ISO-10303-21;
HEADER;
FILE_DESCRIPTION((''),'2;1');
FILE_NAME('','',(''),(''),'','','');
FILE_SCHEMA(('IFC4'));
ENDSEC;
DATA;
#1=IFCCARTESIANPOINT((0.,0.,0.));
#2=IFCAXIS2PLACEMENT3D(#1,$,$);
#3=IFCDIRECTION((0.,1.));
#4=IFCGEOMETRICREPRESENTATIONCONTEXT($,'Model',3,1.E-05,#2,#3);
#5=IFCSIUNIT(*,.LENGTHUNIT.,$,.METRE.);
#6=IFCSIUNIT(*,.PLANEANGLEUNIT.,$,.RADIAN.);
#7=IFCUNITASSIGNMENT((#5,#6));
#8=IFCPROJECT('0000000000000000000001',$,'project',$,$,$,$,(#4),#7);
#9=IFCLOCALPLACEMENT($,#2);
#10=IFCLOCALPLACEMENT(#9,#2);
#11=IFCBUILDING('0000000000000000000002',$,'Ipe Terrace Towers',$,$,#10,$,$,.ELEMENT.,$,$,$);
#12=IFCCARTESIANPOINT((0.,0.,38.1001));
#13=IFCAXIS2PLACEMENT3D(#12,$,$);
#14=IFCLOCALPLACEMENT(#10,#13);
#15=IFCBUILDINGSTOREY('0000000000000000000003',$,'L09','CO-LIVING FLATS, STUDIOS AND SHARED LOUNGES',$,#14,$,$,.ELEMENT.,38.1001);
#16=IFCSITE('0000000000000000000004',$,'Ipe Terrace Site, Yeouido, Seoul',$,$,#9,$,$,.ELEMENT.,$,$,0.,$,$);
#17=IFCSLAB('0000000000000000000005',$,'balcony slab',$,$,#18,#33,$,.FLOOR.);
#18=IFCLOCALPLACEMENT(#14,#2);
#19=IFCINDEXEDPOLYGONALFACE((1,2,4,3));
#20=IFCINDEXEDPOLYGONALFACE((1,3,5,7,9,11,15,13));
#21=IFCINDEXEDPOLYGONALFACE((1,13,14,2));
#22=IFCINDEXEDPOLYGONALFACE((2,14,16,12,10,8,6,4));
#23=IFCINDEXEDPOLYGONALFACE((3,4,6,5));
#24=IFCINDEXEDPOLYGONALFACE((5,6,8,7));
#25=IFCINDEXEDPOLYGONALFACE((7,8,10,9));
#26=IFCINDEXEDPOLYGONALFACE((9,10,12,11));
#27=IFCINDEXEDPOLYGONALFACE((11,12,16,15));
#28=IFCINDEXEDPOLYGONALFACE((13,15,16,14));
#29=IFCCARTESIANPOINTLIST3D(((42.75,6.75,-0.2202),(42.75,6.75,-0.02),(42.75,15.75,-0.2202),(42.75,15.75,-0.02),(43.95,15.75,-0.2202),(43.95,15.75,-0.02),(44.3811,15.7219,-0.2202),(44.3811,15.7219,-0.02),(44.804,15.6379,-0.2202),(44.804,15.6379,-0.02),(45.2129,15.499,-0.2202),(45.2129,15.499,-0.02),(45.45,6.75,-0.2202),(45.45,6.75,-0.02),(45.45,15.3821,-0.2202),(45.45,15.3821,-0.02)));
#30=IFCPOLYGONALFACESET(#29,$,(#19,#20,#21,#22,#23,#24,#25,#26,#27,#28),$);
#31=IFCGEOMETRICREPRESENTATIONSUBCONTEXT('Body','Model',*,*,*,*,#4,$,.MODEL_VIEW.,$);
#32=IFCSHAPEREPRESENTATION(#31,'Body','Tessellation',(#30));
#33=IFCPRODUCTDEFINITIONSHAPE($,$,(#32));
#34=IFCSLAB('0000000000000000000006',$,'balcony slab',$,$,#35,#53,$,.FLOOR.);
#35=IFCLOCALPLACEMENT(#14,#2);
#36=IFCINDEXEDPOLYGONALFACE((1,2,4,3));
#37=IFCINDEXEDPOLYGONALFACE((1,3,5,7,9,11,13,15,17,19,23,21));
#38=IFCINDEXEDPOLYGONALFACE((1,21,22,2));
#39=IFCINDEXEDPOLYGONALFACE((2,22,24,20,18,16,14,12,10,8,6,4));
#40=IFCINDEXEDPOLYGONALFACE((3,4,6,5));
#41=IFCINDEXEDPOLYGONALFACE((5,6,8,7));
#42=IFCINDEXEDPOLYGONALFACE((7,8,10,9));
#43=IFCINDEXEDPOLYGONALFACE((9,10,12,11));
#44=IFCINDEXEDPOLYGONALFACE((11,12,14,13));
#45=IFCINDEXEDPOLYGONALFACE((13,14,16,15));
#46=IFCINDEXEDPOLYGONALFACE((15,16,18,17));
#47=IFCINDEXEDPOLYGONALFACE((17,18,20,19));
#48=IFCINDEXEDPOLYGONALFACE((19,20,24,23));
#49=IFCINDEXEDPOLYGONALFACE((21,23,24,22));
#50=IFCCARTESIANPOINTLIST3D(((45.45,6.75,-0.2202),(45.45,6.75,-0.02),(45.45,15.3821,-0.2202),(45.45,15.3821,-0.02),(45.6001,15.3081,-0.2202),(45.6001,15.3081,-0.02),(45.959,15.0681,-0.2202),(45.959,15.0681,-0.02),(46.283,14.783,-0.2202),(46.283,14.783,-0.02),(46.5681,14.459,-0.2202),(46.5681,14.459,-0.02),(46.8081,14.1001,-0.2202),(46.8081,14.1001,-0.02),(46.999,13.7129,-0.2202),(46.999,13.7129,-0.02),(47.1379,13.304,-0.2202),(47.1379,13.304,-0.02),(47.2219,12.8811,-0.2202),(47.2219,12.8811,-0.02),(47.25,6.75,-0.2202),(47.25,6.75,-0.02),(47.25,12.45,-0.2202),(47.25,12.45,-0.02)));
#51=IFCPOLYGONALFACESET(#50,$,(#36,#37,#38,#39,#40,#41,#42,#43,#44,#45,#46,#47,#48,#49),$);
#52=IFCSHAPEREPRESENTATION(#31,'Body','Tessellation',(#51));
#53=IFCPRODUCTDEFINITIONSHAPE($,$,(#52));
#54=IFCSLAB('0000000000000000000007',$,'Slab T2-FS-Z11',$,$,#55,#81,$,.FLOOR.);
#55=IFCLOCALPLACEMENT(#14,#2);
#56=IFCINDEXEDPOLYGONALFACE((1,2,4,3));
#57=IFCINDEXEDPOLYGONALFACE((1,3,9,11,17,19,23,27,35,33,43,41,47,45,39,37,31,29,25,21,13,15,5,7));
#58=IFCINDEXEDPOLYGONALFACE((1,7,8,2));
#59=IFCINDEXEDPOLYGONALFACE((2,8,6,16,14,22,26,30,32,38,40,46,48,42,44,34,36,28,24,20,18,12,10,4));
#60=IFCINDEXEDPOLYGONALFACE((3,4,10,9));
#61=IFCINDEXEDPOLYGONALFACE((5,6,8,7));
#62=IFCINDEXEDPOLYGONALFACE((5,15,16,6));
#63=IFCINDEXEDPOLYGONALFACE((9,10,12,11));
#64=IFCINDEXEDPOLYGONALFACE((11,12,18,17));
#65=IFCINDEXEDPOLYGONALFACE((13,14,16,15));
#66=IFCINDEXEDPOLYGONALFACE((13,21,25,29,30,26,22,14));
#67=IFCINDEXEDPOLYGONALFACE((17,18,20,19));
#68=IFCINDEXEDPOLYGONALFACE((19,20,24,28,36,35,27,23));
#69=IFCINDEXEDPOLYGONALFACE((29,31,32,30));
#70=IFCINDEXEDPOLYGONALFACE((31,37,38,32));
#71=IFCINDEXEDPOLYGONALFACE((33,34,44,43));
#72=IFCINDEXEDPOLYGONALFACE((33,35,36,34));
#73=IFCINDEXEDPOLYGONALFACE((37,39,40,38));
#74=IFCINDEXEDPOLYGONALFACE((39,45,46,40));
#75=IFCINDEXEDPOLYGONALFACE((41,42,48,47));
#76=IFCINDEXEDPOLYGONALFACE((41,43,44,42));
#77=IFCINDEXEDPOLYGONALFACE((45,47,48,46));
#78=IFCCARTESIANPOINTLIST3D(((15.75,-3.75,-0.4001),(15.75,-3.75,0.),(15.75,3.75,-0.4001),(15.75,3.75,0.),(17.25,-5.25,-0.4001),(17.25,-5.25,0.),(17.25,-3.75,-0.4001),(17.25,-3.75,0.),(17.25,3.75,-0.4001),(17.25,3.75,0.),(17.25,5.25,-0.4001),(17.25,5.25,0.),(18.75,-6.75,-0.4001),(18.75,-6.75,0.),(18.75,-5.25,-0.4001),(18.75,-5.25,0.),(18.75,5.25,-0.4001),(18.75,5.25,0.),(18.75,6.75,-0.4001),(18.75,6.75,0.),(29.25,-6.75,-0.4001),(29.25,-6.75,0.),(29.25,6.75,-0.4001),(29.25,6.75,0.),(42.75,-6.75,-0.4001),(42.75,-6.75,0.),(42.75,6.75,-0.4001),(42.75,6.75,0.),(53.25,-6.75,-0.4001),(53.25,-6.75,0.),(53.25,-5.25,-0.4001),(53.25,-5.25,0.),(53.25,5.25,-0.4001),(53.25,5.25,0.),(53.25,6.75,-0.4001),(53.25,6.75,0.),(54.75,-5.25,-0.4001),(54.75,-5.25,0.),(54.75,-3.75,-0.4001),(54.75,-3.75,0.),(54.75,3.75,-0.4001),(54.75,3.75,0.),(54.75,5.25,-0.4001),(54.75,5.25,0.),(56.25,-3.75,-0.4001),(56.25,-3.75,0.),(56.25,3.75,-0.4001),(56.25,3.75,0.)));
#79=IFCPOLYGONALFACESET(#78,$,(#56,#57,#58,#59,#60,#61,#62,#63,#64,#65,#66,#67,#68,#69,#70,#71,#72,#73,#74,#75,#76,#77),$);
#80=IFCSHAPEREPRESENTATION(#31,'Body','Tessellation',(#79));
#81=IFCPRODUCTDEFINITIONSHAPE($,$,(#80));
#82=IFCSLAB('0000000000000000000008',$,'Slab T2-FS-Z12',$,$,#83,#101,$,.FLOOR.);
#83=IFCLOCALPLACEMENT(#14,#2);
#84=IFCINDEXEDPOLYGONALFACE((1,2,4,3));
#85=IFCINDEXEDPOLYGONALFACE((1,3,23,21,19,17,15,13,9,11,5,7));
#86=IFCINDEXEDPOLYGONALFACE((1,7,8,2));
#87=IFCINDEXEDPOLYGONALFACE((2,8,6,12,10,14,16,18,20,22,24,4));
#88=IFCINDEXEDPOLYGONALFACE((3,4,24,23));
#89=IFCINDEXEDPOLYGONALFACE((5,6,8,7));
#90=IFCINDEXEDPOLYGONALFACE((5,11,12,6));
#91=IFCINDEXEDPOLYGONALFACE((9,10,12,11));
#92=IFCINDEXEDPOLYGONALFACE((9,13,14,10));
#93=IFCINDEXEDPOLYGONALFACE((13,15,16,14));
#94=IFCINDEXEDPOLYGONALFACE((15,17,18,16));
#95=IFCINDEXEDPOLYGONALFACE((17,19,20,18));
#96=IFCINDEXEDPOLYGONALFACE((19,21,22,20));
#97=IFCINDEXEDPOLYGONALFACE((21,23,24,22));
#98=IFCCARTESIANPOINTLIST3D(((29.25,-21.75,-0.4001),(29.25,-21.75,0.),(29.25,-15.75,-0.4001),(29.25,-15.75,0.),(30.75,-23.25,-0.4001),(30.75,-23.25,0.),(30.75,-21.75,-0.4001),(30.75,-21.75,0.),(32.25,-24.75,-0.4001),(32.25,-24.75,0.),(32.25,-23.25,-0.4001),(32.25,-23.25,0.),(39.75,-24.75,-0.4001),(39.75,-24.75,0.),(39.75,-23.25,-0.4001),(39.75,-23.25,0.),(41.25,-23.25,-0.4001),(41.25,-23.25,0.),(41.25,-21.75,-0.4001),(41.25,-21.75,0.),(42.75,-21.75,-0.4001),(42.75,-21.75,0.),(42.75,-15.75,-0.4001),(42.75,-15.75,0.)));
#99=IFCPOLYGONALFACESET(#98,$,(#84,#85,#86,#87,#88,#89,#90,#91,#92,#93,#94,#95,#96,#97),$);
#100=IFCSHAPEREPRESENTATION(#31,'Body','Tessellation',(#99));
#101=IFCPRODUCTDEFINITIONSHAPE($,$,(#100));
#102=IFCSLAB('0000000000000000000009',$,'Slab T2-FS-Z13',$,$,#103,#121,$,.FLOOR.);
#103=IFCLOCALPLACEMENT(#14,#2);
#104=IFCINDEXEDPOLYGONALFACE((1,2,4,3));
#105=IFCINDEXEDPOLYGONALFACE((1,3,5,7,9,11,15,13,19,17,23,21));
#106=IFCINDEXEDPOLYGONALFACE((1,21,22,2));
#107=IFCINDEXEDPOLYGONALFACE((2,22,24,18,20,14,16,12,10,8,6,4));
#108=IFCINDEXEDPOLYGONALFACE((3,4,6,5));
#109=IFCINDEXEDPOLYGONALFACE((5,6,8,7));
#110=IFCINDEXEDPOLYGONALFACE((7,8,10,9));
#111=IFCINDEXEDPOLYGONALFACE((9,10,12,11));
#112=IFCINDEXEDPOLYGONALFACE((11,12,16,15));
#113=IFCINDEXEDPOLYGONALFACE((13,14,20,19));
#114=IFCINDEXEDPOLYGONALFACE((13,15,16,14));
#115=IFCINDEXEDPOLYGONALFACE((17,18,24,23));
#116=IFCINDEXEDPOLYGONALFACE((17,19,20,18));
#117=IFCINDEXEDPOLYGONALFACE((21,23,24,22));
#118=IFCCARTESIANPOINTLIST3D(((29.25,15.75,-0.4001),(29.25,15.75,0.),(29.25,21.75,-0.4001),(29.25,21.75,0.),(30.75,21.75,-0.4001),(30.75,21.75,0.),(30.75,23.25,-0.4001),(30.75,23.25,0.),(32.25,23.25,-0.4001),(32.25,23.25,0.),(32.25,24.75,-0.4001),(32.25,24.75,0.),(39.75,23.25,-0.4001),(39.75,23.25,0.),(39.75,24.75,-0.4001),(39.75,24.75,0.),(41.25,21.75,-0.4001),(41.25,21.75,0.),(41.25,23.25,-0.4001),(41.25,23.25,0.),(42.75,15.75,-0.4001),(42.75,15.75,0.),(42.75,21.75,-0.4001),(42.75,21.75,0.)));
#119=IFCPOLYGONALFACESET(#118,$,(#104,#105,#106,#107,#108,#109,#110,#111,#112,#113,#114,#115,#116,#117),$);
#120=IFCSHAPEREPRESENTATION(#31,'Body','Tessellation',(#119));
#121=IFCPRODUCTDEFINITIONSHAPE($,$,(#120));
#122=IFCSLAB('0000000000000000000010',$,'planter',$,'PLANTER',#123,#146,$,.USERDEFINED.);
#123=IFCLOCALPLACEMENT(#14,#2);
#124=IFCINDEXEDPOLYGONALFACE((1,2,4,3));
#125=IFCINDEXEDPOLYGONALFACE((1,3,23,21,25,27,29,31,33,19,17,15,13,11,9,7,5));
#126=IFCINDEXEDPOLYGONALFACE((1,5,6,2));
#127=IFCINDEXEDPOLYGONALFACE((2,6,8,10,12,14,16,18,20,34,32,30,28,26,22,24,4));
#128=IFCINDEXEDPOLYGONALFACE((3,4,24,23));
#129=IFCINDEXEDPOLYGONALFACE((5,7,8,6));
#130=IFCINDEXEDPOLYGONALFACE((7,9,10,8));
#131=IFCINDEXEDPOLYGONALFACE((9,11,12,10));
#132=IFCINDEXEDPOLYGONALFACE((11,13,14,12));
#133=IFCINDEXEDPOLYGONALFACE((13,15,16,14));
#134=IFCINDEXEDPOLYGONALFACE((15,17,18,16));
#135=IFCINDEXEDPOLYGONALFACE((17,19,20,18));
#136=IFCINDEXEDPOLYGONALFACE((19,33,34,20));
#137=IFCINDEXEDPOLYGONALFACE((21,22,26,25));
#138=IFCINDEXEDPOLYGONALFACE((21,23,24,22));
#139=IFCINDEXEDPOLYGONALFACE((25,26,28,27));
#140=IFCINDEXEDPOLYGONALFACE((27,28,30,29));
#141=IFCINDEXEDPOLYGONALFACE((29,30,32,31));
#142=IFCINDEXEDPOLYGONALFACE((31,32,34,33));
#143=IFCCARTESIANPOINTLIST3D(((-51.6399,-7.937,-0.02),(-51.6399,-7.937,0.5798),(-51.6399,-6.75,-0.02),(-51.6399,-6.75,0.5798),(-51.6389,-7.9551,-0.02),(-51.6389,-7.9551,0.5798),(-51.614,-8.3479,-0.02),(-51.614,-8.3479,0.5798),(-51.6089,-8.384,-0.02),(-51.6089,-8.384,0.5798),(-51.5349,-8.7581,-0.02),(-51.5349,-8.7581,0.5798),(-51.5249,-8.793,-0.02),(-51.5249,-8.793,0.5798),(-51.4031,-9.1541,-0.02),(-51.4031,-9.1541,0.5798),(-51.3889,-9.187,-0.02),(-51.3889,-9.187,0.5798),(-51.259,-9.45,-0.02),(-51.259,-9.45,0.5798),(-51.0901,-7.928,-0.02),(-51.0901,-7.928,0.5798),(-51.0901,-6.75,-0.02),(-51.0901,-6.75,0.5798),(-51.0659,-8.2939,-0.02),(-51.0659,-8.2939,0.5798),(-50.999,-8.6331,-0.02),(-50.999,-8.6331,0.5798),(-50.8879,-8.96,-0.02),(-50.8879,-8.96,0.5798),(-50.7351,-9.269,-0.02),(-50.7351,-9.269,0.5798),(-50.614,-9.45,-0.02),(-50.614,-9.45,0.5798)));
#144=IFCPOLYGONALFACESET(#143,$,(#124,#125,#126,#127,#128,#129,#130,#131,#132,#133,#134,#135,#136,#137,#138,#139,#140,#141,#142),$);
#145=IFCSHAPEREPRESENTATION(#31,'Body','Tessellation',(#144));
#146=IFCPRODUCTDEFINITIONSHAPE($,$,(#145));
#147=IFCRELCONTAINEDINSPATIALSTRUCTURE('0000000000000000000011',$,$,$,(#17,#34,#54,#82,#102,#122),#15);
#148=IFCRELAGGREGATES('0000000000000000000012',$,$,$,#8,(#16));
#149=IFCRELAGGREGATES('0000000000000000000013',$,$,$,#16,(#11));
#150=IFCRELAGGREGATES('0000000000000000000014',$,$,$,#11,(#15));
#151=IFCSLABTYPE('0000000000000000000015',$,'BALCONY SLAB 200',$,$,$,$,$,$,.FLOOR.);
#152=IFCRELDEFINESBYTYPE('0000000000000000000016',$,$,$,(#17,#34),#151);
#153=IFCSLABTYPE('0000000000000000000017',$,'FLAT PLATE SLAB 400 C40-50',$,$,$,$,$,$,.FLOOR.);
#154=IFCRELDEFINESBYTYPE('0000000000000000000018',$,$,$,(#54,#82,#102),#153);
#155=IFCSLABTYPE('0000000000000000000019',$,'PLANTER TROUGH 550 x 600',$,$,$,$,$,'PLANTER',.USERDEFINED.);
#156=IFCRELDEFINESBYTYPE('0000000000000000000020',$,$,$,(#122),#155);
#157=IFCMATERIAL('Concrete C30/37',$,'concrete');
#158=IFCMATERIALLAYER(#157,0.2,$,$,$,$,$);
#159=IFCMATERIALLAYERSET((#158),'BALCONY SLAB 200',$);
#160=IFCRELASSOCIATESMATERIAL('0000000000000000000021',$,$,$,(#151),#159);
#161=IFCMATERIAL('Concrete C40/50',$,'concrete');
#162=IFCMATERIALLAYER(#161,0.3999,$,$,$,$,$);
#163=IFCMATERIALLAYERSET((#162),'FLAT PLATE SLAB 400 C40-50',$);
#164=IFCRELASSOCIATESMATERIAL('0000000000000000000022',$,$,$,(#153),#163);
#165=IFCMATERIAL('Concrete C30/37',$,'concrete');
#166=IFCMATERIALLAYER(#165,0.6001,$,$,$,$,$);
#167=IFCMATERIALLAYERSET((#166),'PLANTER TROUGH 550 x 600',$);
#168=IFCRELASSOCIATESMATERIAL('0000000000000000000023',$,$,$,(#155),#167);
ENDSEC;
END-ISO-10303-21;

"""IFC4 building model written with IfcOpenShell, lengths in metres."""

from ifc_helpers import new_model, si_unit, direction, frame, origin, place, context, subcontext, project, spatial, polyline, outline, extrude, material, layer, layer_set, type_object, element, save


model = new_model("IFC4")

# Units and contexts
model_context = context("Model", 3, precision=1e-05, world=origin(), true_north=direction((0.0, 1.0)))
body_context = subcontext(model_context, "Body", "Model", "MODEL_VIEW")
ifc_project = project(units=[si_unit("LENGTHUNIT", "METRE"), si_unit("PLANEANGLEUNIT", "RADIAN")], contexts=[model_context])

# Site, building, storey
site_placement = place(None, origin())
site = spatial("IfcSite", under=ifc_project, at=site_placement, Name="Ipe Terrace Site, Yeouido, Seoul", CompositionType="ELEMENT", RefElevation=0.0)
building_placement = place(site_placement, origin())
building = spatial("IfcBuilding", under=site, at=building_placement, Name="Ipe Terrace Towers", CompositionType="ELEMENT")
storey_placement = place(building_placement, frame((0.0, 0.0, 38.1001)))
storey = spatial("IfcBuildingStorey", under=building, at=storey_placement, Name="L09", Description="CO-LIVING FLATS, STUDIOS AND SHARED LOUNGES", CompositionType="ELEMENT", Elevation=38.1001)

# Slabs
ifc_material_1 = material(Name="Concrete C30/37", Category="concrete")
ifc_layer_1 = layer(ifc_material_1, 0.2)
ifc_layer_set_1 = layer_set([ifc_layer_1], Name="BALCONY SLAB 200")
slab_type_1 = type_object("IfcSlabType", Name="BALCONY SLAB 200", PredefinedType="FLOOR", material=ifc_layer_set_1)
slab_1_placement = place(storey_placement, frame((0.0, 0.0, -0.2202)))
element("IfcSlab", 1, at=slab_1_placement, inside=storey, type_object=slab_type_1, Name="balcony slab", PredefinedType="FLOOR", context=body_context, shape_type="SweptSolid", body=[
    extrude(outline(polyline([(45.2129, 15.499), (44.804, 15.6379), (44.3811, 15.7219), (43.95, 15.75), (42.75, 15.75), (42.75, 6.75), (45.45, 6.75), (45.45, 15.3821), (45.2129, 15.499)])), origin(), (0.0, 0.0, 1.0), 0.2002),
])
slab_2_placement = place(storey_placement, frame((0.0, 0.0, -0.2202)))
element("IfcSlab", 2, at=slab_2_placement, inside=storey, type_object=slab_type_1, Name="balcony slab", PredefinedType="FLOOR", context=body_context, shape_type="SweptSolid", body=[
    extrude(outline(polyline([(47.25, 6.75), (47.25, 12.45), (47.2219, 12.8811), (47.1379, 13.304), (46.999, 13.7129), (46.8081, 14.1001), (46.5681, 14.459), (46.283, 14.783), (45.959, 15.0681), (45.6001, 15.3081), (45.45, 15.3821), (45.45, 6.75), (47.25, 6.75)])), origin(), (0.0, 0.0, 1.0), 0.2002),
])
ifc_material_2 = material(Name="Concrete C40/50", Category="concrete")
ifc_layer_2 = layer(ifc_material_2, 0.3999)
ifc_layer_set_2 = layer_set([ifc_layer_2], Name="FLAT PLATE SLAB 400 C40-50")
slab_type_2 = type_object("IfcSlabType", Name="FLAT PLATE SLAB 400 C40-50", PredefinedType="FLOOR", material=ifc_layer_set_2)
slab_3_placement = place(storey_placement, frame((0.0, 0.0, -0.4001)))
element("IfcSlab", 3, at=slab_3_placement, inside=storey, type_object=slab_type_2, Name="Slab T2-FS-Z11", PredefinedType="FLOOR", context=body_context, shape_type="SweptSolid", body=[
    extrude(outline(polyline([(53.25, 5.25), (54.75, 5.25), (54.75, 3.75), (56.25, 3.75), (56.25, -3.75), (54.75, -3.75), (54.75, -5.25), (53.25, -5.25), (53.25, -6.75), (42.75, -6.75), (29.25, -6.75), (18.75, -6.75), (18.75, -5.25), (17.25, -5.25), (17.25, -3.75), (15.75, -3.75), (15.75, 3.75), (17.25, 3.75), (17.25, 5.25), (18.75, 5.25), (18.75, 6.75), (29.25, 6.75), (42.75, 6.75), (53.25, 6.75), (53.25, 5.25)])), origin(), (0.0, 0.0, 1.0), 0.4001),
])
slab_4_placement = place(storey_placement, frame((0.0, 0.0, -0.4001)))
element("IfcSlab", 4, at=slab_4_placement, inside=storey, type_object=slab_type_2, Name="Slab T2-FS-Z12", PredefinedType="FLOOR", context=body_context, shape_type="SweptSolid", body=[
    extrude(outline(polyline([(42.75, -21.75), (41.25, -21.75), (41.25, -23.25), (39.75, -23.25), (39.75, -24.75), (32.25, -24.75), (32.25, -23.25), (30.75, -23.25), (30.75, -21.75), (29.25, -21.75), (29.25, -15.75), (42.75, -15.75), (42.75, -21.75)])), origin(), (0.0, 0.0, 1.0), 0.4001),
])
slab_5_placement = place(storey_placement, frame((0.0, 0.0, -0.4001)))
element("IfcSlab", 5, at=slab_5_placement, inside=storey, type_object=slab_type_2, Name="Slab T2-FS-Z13", PredefinedType="FLOOR", context=body_context, shape_type="SweptSolid", body=[
    extrude(outline(polyline([(30.75, 21.75), (30.75, 23.25), (32.25, 23.25), (32.25, 24.75), (39.75, 24.75), (39.75, 23.25), (41.25, 23.25), (41.25, 21.75), (42.75, 21.75), (42.75, 15.75), (29.25, 15.75), (29.25, 21.75), (30.75, 21.75)])), origin(), (0.0, 0.0, 1.0), 0.4001),
])
ifc_material_3 = material(Name="Concrete C30/37", Category="concrete")
ifc_layer_3 = layer(ifc_material_3, 0.6001)
ifc_layer_set_3 = layer_set([ifc_layer_3], Name="PLANTER TROUGH 550 x 600")
slab_type_3 = type_object("IfcSlabType", Name="PLANTER TROUGH 550 x 600", ElementType="PLANTER", PredefinedType="USERDEFINED", material=ifc_layer_set_3)
slab_6_placement = place(storey_placement, frame((0.0, 0.0, -0.02)))
element("IfcSlab", 6, at=slab_6_placement, inside=storey, type_object=slab_type_3, Name="planter", ObjectType="PLANTER", PredefinedType="USERDEFINED", context=body_context, shape_type="SweptSolid", body=[
    extrude(outline(polyline([(-50.999, -8.6331), (-51.0659, -8.2939), (-51.0901, -7.928), (-51.0901, -6.75), (-51.6399, -6.75), (-51.6399, -7.937), (-51.6389, -7.9551), (-51.614, -8.3479), (-51.6089, -8.384), (-51.5349, -8.7581), (-51.5249, -8.793), (-51.4031, -9.1541), (-51.3889, -9.187), (-51.259, -9.45), (-50.614, -9.45), (-50.7351, -9.269), (-50.8879, -8.96), (-50.999, -8.6331)])), origin(), (0.0, 0.0, 1.0), 0.5999),
])

save(model, "model.ifc")
